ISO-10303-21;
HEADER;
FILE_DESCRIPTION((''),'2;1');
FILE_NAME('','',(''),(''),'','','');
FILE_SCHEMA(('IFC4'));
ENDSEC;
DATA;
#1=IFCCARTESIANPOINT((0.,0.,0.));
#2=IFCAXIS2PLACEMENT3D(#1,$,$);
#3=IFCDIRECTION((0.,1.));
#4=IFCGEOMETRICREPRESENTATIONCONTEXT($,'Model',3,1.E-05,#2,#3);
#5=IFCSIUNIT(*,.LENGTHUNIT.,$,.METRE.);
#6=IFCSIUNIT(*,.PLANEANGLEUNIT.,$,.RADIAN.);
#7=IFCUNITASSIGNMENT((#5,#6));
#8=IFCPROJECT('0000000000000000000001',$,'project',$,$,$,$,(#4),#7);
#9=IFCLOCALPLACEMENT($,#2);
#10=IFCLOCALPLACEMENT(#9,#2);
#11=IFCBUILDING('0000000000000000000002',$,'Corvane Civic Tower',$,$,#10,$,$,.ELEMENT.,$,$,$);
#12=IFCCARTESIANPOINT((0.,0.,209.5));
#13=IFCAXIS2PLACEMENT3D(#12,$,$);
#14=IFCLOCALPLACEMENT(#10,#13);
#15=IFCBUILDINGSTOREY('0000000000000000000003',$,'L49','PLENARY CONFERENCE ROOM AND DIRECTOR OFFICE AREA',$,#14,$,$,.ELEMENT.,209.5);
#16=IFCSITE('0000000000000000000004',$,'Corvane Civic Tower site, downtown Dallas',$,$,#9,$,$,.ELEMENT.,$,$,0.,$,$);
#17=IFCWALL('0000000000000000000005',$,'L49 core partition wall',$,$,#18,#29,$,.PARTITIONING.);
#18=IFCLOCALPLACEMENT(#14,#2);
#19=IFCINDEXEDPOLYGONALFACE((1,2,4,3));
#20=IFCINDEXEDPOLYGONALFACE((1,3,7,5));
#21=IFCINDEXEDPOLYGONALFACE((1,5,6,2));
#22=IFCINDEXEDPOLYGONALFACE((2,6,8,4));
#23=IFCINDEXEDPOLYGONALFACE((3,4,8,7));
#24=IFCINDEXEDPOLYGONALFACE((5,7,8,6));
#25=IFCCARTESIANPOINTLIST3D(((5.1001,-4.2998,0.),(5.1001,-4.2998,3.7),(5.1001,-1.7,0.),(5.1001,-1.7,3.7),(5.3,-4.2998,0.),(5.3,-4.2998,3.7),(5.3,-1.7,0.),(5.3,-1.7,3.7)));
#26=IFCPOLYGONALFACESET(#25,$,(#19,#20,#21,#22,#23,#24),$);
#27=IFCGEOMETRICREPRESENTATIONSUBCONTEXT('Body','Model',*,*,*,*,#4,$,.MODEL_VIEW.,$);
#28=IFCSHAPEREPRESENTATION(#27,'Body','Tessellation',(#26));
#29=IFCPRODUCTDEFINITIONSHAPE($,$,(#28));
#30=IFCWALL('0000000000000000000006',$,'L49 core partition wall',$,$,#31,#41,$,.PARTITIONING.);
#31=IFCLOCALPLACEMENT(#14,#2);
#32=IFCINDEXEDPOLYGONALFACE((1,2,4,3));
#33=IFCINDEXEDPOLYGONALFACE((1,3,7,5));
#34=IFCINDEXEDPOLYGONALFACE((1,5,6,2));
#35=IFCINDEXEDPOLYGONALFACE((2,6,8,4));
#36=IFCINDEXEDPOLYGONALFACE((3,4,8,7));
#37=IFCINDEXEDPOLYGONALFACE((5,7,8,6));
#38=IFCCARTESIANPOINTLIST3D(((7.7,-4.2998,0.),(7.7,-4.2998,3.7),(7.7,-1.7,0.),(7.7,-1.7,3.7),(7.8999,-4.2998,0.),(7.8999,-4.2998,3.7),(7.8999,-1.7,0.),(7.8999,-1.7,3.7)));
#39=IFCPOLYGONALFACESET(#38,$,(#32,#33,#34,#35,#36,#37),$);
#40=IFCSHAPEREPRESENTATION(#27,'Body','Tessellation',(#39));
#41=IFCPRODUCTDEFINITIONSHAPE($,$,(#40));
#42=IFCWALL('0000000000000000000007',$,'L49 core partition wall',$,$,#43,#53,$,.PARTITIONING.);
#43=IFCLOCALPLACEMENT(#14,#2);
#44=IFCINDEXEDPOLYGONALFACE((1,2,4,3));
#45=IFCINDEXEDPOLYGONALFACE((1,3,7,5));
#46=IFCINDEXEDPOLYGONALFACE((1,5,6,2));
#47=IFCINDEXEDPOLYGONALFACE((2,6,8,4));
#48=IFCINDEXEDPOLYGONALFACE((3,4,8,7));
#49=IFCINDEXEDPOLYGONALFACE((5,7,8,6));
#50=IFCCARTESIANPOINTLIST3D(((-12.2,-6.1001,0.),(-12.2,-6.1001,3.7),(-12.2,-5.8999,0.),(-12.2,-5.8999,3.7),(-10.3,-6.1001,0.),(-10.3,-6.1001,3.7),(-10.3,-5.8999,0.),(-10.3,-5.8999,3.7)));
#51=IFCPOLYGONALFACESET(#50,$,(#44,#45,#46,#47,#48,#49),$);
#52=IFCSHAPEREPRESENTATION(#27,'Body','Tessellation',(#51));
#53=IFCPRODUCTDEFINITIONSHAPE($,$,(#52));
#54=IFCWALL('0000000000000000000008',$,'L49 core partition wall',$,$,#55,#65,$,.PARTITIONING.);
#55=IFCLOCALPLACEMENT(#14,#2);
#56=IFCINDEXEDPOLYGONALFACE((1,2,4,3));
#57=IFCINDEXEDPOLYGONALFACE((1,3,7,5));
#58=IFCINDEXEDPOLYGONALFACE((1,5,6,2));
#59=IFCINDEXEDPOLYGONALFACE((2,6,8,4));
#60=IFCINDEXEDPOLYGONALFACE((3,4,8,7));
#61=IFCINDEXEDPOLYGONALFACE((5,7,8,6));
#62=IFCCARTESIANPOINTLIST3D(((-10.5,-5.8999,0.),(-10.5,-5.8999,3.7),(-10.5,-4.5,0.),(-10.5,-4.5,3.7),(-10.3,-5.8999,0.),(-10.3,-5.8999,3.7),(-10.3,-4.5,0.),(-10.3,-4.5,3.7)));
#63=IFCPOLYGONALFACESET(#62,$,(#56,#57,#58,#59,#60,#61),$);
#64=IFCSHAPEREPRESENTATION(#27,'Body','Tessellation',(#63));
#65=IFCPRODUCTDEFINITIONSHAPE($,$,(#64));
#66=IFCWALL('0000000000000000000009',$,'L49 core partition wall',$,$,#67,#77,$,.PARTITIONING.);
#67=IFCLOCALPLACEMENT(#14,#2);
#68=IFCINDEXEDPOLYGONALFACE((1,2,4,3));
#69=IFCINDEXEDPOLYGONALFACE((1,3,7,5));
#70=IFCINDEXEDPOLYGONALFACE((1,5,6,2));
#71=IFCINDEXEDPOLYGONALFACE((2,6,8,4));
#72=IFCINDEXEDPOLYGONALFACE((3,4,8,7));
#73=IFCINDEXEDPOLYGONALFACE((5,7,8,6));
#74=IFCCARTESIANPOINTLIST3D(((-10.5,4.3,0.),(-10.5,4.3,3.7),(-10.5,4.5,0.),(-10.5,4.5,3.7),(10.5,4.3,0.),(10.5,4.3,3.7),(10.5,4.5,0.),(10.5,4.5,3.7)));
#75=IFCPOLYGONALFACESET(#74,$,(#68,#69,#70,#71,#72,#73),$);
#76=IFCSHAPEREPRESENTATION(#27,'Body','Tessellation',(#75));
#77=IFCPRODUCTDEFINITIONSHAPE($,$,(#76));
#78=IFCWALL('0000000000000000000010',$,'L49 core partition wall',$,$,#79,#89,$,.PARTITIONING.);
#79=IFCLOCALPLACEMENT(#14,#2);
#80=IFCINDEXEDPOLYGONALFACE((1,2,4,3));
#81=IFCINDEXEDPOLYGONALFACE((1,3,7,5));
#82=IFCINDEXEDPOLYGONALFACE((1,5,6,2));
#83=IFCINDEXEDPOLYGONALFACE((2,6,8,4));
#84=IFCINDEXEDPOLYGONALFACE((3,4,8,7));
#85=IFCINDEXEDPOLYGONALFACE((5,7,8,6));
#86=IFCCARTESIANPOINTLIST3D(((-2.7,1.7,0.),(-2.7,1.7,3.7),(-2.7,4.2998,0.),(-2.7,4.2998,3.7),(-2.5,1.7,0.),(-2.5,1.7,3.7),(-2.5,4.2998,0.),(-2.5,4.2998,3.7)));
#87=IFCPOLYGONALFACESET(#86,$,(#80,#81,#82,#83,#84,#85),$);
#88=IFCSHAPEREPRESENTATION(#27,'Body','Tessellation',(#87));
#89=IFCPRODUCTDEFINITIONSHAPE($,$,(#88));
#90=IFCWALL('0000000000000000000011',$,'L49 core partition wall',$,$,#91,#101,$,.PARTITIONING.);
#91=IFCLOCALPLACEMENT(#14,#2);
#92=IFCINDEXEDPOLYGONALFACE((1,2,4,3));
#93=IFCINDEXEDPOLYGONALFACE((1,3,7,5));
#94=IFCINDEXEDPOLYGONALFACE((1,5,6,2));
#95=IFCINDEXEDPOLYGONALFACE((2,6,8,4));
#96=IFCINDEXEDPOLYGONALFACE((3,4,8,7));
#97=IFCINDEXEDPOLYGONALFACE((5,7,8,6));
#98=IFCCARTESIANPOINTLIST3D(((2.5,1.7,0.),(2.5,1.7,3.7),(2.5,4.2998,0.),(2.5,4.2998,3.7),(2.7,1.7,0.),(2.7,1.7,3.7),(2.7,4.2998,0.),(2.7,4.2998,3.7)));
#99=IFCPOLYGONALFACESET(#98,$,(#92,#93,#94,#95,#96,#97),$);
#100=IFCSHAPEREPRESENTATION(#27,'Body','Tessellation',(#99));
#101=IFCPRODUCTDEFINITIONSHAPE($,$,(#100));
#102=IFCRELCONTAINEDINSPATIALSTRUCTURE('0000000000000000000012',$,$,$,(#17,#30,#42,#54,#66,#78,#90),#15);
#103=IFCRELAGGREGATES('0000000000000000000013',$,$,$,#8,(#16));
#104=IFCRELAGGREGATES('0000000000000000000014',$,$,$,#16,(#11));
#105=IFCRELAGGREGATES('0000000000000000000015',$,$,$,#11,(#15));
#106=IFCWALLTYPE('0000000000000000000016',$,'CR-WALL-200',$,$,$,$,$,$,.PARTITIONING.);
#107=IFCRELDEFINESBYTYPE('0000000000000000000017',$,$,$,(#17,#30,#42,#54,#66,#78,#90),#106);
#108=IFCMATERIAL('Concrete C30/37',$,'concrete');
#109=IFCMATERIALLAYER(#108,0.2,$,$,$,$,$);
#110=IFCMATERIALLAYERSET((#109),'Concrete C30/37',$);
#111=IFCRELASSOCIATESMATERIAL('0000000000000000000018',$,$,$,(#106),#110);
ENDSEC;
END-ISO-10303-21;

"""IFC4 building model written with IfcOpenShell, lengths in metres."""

from ifc_helpers import new_model, si_unit, direction, frame, origin, place, context, subcontext, project, spatial, polyline, outline, extrude, material, layer, layer_set, type_object, element, save


model = new_model("IFC4")

# Units and contexts
model_context = context("Model", 3, precision=1e-05, world=origin(), true_north=direction((0.0, 1.0)))
body_context = subcontext(model_context, "Body", "Model", "MODEL_VIEW")
ifc_project = project(units=[si_unit("LENGTHUNIT", "METRE"), si_unit("PLANEANGLEUNIT", "RADIAN")], contexts=[model_context])

# Site, building, storey
site_placement = place(None, origin())
site = spatial("IfcSite", under=ifc_project, at=site_placement, Name="Corvane Civic Tower site, downtown Dallas", CompositionType="ELEMENT", RefElevation=0.0)
building_placement = place(site_placement, origin())
building = spatial("IfcBuilding", under=site, at=building_placement, Name="Corvane Civic Tower", CompositionType="ELEMENT")
storey_placement = place(building_placement, frame((0.0, 0.0, 209.5)))
storey = spatial("IfcBuildingStorey", under=building, at=storey_placement, Name="L49", Description="PLENARY CONFERENCE ROOM AND DIRECTOR OFFICE AREA", CompositionType="ELEMENT", Elevation=209.5)

# Shared definitions
ifc_material_1 = material(Name="Concrete C30/37", Category="concrete")
ifc_layer_1 = layer(ifc_material_1, 0.2)
ifc_layer_set_1 = layer_set([ifc_layer_1], Name="Concrete C30/37")
wall_type = type_object("IfcWallType", Name="CR-WALL-200", PredefinedType="PARTITIONING", material=ifc_layer_set_1)

# Walls
wall_1_placement = place(storey_placement, origin())
element("IfcWall", 1, at=wall_1_placement, inside=storey, type_object=wall_type, Name="L49 core partition wall", PredefinedType="PARTITIONING", context=body_context, shape_type="SweptSolid", body=[
    extrude(outline(polyline([(5.3, -1.7), (5.3, -4.2998), (5.1001, -4.2998), (5.1001, -1.7), (5.3, -1.7)])), origin(), (0.0, 0.0, 1.0), 3.7),
])
wall_2_placement = place(storey_placement, origin())
element("IfcWall", 2, at=wall_2_placement, inside=storey, type_object=wall_type, Name="L49 core partition wall", PredefinedType="PARTITIONING", context=body_context, shape_type="SweptSolid", body=[
    extrude(outline(polyline([(7.8999, -1.7), (7.8999, -4.2998), (7.7, -4.2998), (7.7, -1.7), (7.8999, -1.7)])), origin(), (0.0, 0.0, 1.0), 3.7),
])
wall_3_placement = place(storey_placement, origin())
element("IfcWall", 3, at=wall_3_placement, inside=storey, type_object=wall_type, Name="L49 core partition wall", PredefinedType="PARTITIONING", context=body_context, shape_type="SweptSolid", body=[
    extrude(outline(polyline([(-10.3, -6.1001), (-12.2, -6.1001), (-12.2, -5.8999), (-10.3, -5.8999), (-10.3, -6.1001)])), origin(), (0.0, 0.0, 1.0), 3.7),
])
wall_4_placement = place(storey_placement, origin())
element("IfcWall", 4, at=wall_4_placement, inside=storey, type_object=wall_type, Name="L49 core partition wall", PredefinedType="PARTITIONING", context=body_context, shape_type="SweptSolid", body=[
    extrude(outline(polyline([(-10.3, -5.8999), (-10.5, -5.8999), (-10.5, -4.5), (-10.3, -4.5), (-10.3, -5.8999)])), origin(), (0.0, 0.0, 1.0), 3.7),
])
wall_5_placement = place(storey_placement, origin())
element("IfcWall", 5, at=wall_5_placement, inside=storey, type_object=wall_type, Name="L49 core partition wall", PredefinedType="PARTITIONING", context=body_context, shape_type="SweptSolid", body=[
    extrude(outline(polyline([(10.5, 4.5), (10.5, 4.3), (-10.5, 4.3), (-10.5, 4.5), (10.5, 4.5)])), origin(), (0.0, 0.0, 1.0), 3.7),
])
wall_6_placement = place(storey_placement, origin())
element("IfcWall", 6, at=wall_6_placement, inside=storey, type_object=wall_type, Name="L49 core partition wall", PredefinedType="PARTITIONING", context=body_context, shape_type="SweptSolid", body=[
    extrude(outline(polyline([(-2.5, 1.7), (-2.7, 1.7), (-2.7, 4.2998), (-2.5, 4.2998), (-2.5, 1.7)])), origin(), (0.0, 0.0, 1.0), 3.7),
])
wall_7_placement = place(storey_placement, origin())
element("IfcWall", 7, at=wall_7_placement, inside=storey, type_object=wall_type, Name="L49 core partition wall", PredefinedType="PARTITIONING", context=body_context, shape_type="SweptSolid", body=[
    extrude(outline(polyline([(2.7, 1.7), (2.5, 1.7), (2.5, 4.2998), (2.7, 4.2998), (2.7, 1.7)])), origin(), (0.0, 0.0, 1.0), 3.7),
])

save(model, "model.ifc")
